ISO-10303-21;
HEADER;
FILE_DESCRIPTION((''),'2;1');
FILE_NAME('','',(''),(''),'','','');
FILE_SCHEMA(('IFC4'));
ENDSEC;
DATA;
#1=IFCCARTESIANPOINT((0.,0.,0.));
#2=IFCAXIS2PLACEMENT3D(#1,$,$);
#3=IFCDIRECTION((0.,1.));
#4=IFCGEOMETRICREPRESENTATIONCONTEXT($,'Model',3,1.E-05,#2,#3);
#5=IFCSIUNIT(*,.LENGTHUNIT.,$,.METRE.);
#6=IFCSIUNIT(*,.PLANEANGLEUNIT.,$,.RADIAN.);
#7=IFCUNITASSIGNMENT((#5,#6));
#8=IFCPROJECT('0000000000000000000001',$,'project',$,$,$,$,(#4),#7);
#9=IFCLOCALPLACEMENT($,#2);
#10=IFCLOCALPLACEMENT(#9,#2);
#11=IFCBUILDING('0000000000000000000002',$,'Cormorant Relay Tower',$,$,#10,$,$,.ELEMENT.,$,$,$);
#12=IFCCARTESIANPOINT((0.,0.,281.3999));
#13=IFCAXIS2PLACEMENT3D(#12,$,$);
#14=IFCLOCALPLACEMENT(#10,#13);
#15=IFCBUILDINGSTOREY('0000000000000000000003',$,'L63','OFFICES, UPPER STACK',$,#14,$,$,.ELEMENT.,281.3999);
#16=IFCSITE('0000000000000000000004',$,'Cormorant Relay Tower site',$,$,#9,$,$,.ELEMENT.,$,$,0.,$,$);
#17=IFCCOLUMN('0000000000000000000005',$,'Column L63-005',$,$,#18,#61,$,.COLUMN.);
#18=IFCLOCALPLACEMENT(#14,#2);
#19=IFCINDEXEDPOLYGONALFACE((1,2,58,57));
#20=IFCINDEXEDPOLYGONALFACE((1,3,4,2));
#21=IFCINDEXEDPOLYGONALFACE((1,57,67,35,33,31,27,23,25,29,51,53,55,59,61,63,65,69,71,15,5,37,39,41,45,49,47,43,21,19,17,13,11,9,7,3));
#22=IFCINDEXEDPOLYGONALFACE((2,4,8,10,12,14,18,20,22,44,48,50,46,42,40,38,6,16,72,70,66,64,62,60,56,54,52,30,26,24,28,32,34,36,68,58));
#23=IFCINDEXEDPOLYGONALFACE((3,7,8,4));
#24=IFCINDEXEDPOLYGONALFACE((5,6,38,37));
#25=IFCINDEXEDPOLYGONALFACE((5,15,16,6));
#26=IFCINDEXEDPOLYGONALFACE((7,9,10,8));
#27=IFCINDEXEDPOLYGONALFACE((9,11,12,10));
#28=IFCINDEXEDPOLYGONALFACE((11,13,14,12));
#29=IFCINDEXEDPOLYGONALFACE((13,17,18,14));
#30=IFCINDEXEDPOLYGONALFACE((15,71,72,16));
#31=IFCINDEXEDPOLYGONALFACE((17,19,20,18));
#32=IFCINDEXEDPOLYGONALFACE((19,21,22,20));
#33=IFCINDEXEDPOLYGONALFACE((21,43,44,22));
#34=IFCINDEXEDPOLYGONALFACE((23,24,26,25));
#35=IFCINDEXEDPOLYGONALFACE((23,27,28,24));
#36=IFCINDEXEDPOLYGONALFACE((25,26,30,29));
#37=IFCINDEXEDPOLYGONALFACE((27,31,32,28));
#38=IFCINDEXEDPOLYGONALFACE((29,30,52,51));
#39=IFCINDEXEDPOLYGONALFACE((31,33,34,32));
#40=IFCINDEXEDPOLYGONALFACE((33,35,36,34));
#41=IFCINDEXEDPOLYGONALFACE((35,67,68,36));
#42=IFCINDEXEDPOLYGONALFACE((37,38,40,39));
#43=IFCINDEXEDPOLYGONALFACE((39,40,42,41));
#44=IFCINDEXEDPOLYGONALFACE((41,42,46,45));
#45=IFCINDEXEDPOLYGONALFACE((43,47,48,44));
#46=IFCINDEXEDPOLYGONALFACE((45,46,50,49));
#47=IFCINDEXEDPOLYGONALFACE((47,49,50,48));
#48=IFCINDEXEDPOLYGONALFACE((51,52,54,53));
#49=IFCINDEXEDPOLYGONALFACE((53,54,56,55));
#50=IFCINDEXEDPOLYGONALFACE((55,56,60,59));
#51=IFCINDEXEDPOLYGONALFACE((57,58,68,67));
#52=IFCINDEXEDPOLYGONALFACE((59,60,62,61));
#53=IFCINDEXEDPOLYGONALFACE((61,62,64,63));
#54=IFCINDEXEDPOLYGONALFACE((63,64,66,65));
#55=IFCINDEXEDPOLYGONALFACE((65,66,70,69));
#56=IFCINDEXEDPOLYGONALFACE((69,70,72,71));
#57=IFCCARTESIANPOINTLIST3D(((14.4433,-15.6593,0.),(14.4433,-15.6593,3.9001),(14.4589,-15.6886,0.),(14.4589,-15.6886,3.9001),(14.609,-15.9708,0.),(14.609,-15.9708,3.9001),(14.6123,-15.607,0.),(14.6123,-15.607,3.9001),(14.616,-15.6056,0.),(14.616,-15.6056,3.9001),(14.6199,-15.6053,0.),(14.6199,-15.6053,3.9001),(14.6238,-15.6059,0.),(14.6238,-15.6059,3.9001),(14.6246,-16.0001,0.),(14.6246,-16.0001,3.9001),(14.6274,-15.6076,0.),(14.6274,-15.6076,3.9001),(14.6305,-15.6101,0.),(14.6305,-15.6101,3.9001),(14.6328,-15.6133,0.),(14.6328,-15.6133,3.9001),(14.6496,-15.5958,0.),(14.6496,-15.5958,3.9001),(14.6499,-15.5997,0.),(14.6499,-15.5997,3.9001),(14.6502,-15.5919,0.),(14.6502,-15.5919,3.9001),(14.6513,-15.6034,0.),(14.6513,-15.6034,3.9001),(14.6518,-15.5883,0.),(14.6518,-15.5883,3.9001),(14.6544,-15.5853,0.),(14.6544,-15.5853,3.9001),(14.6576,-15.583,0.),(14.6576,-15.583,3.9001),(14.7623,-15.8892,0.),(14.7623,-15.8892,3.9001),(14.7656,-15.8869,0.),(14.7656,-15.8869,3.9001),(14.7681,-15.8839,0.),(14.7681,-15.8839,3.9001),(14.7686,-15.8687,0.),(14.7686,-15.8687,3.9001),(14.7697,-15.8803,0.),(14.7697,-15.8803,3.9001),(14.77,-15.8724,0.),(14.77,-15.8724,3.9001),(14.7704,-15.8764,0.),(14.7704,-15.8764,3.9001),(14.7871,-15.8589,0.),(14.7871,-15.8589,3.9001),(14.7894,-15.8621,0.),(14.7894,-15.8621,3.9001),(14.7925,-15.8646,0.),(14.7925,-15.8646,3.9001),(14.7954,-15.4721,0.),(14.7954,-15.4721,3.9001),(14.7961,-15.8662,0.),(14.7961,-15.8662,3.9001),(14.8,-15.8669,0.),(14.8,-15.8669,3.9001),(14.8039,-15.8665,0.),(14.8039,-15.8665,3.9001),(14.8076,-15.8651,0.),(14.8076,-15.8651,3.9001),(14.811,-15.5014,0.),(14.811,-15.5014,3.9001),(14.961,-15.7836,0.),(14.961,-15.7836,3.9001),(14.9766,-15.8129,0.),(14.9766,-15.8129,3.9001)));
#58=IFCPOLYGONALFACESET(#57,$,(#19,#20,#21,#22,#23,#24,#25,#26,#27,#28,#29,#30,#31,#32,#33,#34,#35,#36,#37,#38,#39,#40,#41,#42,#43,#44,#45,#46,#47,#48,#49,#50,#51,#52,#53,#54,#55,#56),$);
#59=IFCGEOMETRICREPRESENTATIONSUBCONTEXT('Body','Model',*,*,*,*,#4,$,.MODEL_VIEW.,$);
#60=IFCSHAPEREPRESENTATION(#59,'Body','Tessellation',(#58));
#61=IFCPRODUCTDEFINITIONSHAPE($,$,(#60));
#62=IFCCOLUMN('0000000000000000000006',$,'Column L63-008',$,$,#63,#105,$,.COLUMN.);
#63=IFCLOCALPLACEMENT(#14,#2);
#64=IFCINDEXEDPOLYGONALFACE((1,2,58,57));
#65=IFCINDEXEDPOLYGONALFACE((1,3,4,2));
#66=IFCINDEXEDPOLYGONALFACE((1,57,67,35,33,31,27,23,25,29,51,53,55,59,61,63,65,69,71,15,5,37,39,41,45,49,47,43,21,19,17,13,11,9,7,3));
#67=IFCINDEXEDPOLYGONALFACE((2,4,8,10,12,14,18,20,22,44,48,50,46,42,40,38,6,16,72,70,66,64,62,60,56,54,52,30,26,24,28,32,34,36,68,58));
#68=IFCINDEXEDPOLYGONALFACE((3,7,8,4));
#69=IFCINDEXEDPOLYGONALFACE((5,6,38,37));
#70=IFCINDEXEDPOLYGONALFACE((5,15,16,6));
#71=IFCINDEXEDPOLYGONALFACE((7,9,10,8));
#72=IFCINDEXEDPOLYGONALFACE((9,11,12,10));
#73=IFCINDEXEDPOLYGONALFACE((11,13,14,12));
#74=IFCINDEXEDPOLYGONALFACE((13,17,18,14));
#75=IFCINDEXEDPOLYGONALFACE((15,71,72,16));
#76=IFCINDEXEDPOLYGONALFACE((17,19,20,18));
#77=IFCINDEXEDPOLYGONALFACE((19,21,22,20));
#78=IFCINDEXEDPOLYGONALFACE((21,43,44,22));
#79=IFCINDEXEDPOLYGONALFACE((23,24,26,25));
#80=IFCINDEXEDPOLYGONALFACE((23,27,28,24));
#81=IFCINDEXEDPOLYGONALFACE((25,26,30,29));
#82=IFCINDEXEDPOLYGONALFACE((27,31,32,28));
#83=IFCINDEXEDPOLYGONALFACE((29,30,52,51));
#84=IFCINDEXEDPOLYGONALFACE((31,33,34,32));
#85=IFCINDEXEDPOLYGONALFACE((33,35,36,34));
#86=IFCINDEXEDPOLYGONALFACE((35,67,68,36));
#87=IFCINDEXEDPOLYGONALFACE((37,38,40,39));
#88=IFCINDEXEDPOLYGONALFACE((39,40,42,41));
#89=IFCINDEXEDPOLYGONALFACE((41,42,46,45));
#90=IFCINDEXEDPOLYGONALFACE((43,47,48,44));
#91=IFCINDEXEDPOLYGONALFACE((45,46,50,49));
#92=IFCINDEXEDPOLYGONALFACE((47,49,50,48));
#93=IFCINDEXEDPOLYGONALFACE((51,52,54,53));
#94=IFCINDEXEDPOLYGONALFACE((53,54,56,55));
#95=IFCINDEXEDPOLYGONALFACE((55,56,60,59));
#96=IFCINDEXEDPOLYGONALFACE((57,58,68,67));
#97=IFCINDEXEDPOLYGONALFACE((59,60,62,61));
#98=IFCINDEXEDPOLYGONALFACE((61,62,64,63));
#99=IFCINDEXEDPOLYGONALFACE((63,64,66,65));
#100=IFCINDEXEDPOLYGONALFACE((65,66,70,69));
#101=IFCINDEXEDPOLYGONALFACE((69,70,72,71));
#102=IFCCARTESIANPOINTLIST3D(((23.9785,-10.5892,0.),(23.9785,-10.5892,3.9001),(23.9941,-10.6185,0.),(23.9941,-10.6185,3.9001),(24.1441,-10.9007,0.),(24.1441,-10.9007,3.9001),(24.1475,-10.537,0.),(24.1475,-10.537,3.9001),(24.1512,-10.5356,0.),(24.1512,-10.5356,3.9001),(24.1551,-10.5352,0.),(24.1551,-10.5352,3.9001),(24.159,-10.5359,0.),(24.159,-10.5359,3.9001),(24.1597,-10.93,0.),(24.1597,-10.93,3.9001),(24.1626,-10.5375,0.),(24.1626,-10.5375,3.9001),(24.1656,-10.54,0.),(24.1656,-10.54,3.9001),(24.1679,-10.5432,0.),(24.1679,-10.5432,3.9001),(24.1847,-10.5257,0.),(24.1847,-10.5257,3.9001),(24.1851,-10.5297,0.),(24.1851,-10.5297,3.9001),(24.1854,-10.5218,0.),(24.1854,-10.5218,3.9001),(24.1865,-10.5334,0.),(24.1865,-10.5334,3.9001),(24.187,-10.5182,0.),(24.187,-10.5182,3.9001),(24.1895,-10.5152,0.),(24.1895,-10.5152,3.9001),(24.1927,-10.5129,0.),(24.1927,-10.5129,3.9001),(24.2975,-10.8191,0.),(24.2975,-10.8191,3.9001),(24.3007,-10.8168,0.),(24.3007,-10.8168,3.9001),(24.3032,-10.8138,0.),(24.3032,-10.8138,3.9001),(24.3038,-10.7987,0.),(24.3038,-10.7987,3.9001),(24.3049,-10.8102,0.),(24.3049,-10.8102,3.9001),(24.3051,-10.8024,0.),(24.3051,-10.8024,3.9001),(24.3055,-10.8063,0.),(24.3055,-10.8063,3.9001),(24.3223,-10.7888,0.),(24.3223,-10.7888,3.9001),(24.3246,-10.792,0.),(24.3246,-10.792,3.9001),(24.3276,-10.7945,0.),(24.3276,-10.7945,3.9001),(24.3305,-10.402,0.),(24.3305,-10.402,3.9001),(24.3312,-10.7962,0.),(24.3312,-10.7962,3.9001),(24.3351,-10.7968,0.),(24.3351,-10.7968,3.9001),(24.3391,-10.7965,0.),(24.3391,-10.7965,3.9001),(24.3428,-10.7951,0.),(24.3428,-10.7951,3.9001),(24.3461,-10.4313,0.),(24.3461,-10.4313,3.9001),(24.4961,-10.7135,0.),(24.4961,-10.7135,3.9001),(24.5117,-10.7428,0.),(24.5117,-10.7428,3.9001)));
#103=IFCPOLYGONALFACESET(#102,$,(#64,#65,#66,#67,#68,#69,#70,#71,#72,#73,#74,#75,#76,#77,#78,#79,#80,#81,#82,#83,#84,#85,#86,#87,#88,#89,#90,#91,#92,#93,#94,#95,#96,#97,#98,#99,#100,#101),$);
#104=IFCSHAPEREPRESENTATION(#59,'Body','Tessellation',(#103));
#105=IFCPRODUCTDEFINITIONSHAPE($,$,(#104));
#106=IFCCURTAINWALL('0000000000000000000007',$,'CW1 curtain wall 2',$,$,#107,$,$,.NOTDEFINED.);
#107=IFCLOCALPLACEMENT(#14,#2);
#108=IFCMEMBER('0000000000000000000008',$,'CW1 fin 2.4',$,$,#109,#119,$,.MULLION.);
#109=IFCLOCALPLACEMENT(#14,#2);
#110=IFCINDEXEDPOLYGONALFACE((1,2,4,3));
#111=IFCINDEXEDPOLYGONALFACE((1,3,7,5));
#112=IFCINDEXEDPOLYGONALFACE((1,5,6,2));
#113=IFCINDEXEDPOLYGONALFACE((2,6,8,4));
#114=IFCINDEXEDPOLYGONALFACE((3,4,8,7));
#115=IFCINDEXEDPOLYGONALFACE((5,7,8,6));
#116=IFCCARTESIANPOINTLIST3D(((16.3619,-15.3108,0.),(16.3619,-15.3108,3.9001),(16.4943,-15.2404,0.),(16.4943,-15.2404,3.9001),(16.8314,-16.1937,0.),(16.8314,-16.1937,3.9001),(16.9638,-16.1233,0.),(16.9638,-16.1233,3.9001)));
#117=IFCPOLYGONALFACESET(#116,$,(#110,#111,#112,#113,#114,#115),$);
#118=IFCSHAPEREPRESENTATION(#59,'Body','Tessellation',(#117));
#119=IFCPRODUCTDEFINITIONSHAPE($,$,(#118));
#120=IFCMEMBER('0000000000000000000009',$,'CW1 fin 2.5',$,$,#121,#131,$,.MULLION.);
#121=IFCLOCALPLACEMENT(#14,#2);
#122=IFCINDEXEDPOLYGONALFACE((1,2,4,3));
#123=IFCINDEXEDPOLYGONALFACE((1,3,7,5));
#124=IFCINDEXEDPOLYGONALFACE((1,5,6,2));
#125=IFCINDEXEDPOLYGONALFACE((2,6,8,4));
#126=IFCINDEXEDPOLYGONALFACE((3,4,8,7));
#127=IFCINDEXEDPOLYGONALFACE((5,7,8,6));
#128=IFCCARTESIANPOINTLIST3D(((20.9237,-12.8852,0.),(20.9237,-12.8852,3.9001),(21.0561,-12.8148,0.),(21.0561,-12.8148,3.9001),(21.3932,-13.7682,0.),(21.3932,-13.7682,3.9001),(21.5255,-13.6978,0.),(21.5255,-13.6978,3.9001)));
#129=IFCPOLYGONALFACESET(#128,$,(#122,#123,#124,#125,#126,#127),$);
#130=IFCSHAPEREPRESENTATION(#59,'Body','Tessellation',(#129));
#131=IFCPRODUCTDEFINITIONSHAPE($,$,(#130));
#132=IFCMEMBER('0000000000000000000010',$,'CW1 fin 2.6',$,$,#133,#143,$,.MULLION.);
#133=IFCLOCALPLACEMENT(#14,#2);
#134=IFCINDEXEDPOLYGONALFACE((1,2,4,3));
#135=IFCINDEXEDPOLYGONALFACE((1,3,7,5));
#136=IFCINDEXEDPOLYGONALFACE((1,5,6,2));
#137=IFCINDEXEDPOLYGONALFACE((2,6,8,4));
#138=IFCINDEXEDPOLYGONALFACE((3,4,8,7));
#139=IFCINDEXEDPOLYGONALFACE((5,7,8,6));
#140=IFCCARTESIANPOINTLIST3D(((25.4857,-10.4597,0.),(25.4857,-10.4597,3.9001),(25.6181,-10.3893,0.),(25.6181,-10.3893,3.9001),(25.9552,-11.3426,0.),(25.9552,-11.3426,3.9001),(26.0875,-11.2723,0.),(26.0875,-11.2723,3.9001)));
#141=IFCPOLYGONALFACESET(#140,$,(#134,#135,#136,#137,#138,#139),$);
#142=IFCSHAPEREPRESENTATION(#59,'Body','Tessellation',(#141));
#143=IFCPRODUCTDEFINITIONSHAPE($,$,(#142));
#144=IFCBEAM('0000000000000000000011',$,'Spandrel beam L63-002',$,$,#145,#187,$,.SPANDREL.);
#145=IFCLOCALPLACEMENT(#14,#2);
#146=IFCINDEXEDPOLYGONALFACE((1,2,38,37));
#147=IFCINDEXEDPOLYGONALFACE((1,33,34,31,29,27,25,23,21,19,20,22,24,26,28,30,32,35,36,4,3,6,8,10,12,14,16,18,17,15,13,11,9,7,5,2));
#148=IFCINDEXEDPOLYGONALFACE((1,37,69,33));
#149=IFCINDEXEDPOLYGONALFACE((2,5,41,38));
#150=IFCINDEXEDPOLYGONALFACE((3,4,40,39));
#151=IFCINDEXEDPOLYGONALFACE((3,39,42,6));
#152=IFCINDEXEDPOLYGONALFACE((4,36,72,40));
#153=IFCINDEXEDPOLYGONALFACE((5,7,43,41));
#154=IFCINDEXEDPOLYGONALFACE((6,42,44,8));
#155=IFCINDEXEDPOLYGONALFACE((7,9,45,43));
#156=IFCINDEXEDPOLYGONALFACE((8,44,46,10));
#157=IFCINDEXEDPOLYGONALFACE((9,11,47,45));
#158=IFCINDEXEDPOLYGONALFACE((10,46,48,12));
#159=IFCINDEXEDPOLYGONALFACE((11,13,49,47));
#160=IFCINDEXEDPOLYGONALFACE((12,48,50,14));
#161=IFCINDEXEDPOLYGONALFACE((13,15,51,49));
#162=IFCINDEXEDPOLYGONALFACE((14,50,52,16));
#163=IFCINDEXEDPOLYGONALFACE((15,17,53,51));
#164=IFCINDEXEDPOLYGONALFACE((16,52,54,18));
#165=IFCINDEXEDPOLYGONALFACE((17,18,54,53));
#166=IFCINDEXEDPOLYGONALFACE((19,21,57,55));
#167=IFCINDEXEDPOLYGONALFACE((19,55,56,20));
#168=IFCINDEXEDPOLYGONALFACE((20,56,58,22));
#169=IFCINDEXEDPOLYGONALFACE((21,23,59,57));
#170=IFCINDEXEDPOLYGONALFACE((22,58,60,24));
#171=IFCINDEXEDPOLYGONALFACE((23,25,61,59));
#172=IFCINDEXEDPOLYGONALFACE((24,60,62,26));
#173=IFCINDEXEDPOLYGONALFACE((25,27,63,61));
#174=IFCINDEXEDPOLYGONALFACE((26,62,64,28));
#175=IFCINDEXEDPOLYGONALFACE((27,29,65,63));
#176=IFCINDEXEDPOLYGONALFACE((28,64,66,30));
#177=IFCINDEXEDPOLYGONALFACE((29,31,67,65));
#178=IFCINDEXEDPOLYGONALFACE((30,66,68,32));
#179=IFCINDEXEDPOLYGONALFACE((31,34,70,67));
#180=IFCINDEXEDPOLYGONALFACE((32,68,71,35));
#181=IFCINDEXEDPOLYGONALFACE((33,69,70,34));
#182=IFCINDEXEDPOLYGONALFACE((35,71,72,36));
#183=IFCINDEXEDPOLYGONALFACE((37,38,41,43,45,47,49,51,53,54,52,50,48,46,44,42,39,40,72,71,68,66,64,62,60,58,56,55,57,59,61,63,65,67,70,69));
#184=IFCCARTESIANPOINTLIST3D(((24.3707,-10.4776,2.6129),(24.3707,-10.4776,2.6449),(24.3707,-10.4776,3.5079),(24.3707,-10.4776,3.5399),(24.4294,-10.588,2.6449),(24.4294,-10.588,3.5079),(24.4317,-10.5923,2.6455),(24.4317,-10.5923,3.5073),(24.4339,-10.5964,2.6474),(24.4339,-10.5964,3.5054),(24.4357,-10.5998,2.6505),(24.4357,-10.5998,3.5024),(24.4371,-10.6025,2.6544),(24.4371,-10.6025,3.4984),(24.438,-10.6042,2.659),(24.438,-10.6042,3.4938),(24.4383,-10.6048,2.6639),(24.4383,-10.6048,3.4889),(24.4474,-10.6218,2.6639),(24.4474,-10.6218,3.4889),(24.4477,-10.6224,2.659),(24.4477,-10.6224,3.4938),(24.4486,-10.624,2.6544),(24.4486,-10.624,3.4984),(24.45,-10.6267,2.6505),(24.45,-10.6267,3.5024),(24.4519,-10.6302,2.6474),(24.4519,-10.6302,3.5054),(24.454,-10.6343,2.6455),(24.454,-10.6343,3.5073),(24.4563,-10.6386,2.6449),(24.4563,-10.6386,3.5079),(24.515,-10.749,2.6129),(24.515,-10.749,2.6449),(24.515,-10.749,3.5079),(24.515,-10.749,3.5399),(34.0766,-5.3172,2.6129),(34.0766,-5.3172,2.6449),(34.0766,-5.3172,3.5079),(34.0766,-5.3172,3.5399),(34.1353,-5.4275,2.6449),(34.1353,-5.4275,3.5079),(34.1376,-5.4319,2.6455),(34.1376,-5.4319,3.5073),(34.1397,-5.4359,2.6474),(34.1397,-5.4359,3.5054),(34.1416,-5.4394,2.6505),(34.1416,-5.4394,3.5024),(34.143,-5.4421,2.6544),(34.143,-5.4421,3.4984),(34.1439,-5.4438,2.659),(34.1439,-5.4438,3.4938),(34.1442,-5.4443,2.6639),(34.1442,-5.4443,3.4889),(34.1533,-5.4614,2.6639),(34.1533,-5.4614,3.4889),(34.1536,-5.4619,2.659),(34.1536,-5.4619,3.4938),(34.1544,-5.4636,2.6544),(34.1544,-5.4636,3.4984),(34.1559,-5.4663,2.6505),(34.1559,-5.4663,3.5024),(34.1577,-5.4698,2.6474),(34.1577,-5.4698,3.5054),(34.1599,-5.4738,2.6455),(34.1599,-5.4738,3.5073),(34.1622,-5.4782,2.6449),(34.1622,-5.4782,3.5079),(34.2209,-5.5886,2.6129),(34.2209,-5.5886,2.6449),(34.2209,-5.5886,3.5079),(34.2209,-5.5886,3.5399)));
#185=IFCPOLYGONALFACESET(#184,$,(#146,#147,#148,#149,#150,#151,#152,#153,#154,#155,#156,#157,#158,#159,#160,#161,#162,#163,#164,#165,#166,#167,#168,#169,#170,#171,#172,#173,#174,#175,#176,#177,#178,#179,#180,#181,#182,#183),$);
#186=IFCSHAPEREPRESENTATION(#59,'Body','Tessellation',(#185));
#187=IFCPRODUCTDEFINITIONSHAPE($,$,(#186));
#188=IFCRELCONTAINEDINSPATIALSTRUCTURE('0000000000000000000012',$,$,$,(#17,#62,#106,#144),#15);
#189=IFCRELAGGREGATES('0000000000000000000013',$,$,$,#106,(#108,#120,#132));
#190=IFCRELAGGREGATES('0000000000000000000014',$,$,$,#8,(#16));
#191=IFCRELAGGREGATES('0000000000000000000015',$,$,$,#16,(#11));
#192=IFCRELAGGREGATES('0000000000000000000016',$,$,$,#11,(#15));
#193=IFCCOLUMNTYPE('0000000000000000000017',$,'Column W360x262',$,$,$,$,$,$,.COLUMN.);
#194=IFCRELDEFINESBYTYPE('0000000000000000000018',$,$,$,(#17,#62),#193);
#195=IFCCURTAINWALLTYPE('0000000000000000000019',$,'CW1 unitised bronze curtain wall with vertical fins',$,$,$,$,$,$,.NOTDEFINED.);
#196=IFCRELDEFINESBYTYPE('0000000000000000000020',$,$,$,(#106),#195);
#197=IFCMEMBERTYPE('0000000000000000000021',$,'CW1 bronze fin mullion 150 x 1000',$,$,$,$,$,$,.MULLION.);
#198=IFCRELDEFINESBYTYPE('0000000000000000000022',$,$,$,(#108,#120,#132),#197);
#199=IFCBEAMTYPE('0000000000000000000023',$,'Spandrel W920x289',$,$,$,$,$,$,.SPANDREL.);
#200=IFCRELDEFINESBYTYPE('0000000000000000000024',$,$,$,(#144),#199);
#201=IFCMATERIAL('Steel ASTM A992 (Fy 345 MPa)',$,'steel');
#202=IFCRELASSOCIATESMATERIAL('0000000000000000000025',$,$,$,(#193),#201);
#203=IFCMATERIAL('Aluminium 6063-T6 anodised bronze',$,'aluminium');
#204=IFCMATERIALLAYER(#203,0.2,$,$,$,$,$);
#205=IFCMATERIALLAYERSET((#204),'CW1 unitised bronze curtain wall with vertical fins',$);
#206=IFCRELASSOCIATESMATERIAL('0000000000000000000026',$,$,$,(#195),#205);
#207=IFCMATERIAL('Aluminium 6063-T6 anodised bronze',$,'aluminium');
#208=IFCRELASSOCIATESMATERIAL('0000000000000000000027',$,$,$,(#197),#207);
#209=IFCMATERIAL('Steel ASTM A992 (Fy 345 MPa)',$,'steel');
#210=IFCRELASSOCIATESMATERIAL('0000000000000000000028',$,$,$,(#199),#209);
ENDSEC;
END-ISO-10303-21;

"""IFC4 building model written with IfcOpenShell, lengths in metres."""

from ifc_helpers import new_model, si_unit, direction, frame, origin, origin_2d, place, context, subcontext, project, spatial, rectangle, i_section, extrude, material, layer, layer_set, material_profile, profile_set, type_object, element, aggregate, save


model = new_model("IFC4")

# Units and contexts
model_context = context("Model", 3, precision=1e-05, world=origin(), true_north=direction((0.0, 1.0)))
body_context = subcontext(model_context, "Body", "Model", "MODEL_VIEW")
ifc_project = project(units=[si_unit("LENGTHUNIT", "METRE"), si_unit("PLANEANGLEUNIT", "RADIAN")], contexts=[model_context])

# Site, building, storey
site_placement = place(None, origin())
site = spatial("IfcSite", under=ifc_project, at=site_placement, Name="Cormorant Relay Tower site", CompositionType="ELEMENT", RefElevation=0.0)
building_placement = place(site_placement, origin())
building = spatial("IfcBuilding", under=site, at=building_placement, Name="Cormorant Relay Tower", CompositionType="ELEMENT")
storey_placement = place(building_placement, frame((0.0, 0.0, 281.3999)))
storey = spatial("IfcBuildingStorey", under=building, at=storey_placement, Name="L63", Description="OFFICES, UPPER STACK", CompositionType="ELEMENT", Elevation=281.3999)

# Columns
ifc_material_1 = material(Name="Steel ASTM A992 (Fy 345 MPa)", Category="steel")
ifc_material_profile_1 = material_profile(ifc_material_1, i_section(OverallWidth=0.3987, OverallDepth=0.386, WebThickness=0.021, FlangeThickness=0.0332, FilletRadius=0.0151, at=origin_2d()), Name="W360x262")
ifc_profile_set_1 = profile_set([ifc_material_profile_1], Name="Steel ASTM A992 (Fy 345 MPa)")
column_type = type_object("IfcColumnType", Name="Column W360x262", PredefinedType="COLUMN", material=ifc_profile_set_1)
for number, where, z_axis, x_axis, name in (
    (1, (14.71, -15.7361, 0.0), (0.0, 0.0, 1.0), (0.882948, 0.469472, 0.0), "Column L63-005"),
    (2, (24.2451, -10.666, 0.0), (0.0, 0.0, 1.0), (0.882948, 0.469472, 0.0), "Column L63-008"),
):
    element("IfcColumn", number, at=place(storey_placement, frame(where, z_axis=z_axis, x_axis=x_axis)), inside=storey, type_object=column_type, Name=name, PredefinedType="COLUMN", context=body_context, shape_type="SweptSolid", body=[
        extrude(i_section(OverallWidth=0.3987, OverallDepth=0.386, WebThickness=0.021, FlangeThickness=0.0332, FilletRadius=0.0151, at=origin_2d()), origin(), (0.0, 0.0, 1.0), 3.9001),
    ])

# Curtain wall, members
ifc_material_2 = material(Name="Aluminium 6063-T6 anodised bronze", Category="aluminium")
ifc_layer_1 = layer(ifc_material_2, 0.2)
ifc_layer_set_1 = layer_set([ifc_layer_1], Name="CW1 unitised bronze curtain wall with vertical fins")
curtain_wall_type = type_object("IfcCurtainWallType", Name="CW1 unitised bronze curtain wall with vertical fins", PredefinedType="NOTDEFINED", material=ifc_layer_set_1)
curtain_wall_placement = place(storey_placement, origin())
curtain_wall = element("IfcCurtainWall", 3, at=curtain_wall_placement, inside=storey, type_object=curtain_wall_type, Name="CW1 curtain wall 2", PredefinedType="NOTDEFINED")
ifc_material_3 = material(Name="Aluminium 6063-T6 anodised bronze", Category="aluminium")
ifc_material_profile_2 = material_profile(ifc_material_3, rectangle(XDim=0.1499, YDim=1.0, at=origin_2d()), Name="AL 150x1000")
ifc_profile_set_2 = profile_set([ifc_material_profile_2], Name="Aluminium 6063-T6 anodised bronze")
member_type = type_object("IfcMemberType", Name="CW1 bronze fin mullion 150 x 1000", PredefinedType="MULLION", material=ifc_profile_set_2)
member_1_placement = place(storey_placement, frame((16.6628, -15.717, 0.0), z_axis=(0.0, 0.0, 1.0), x_axis=(0.882948, 0.469472, 0.0)))
member_1 = element("IfcMember", 4, at=member_1_placement, type_object=member_type, Name="CW1 fin 2.4", PredefinedType="MULLION", context=body_context, shape_type="SweptSolid", body=[
    extrude(rectangle(XDim=0.1499, YDim=1.0, at=origin_2d()), origin(), (0.0, 0.0, 1.0), 3.9001),
])
member_2_placement = place(storey_placement, frame((21.2246, -13.2915, 0.0), z_axis=(0.0, 0.0, 1.0), x_axis=(0.882948, 0.469472, 0.0)))
member_2 = element("IfcMember", 5, at=member_2_placement, type_object=member_type, Name="CW1 fin 2.5", PredefinedType="MULLION", context=body_context, shape_type="SweptSolid", body=[
    extrude(rectangle(XDim=0.1499, YDim=1.0, at=origin_2d()), origin(), (0.0, 0.0, 1.0), 3.9001),
])
member_3_placement = place(storey_placement, frame((25.7866, -10.866, 0.0), z_axis=(0.0, 0.0, 1.0), x_axis=(0.882948, 0.469472, 0.0)))
member_3 = element("IfcMember", 6, at=member_3_placement, type_object=member_type, Name="CW1 fin 2.6", PredefinedType="MULLION", context=body_context, shape_type="SweptSolid", body=[
    extrude(rectangle(XDim=0.1499, YDim=1.0, at=origin_2d()), origin(), (0.0, 0.0, 1.0), 3.9001),
])

# Beam
ifc_material_4 = material(Name="Steel ASTM A992 (Fy 345 MPa)", Category="steel")
ifc_material_profile_3 = material_profile(ifc_material_4, i_section(OverallWidth=0.3074, OverallDepth=0.927, WebThickness=0.0193, FlangeThickness=0.032, FilletRadius=0.019, at=origin_2d()), Name="W920x289")
ifc_profile_set_3 = profile_set([ifc_material_profile_3], Name="Steel ASTM A992 (Fy 345 MPa)")
beam_type_1 = type_object("IfcBeamType", Name="Spandrel W920x289", PredefinedType="SPANDREL", material=ifc_profile_set_3)
beam_1_placement = place(storey_placement, frame((24.4429, -10.6133, 3.0764), z_axis=(0.882958, 0.469452, 0.0), x_axis=(-0.469452, 0.882958, 0.0)))
element("IfcBeam", 7, at=beam_1_placement, inside=storey, type_object=beam_type_1, Name="Spandrel beam L63-002", PredefinedType="SPANDREL", context=body_context, shape_type="SweptSolid", body=[
    extrude(i_section(OverallWidth=0.3074, OverallDepth=0.927, WebThickness=0.0193, FlangeThickness=0.032, FilletRadius=0.019, at=origin_2d()), origin(), (0.0, 0.0, 1.0), 10.9924),
])

aggregate(curtain_wall, [member_1, member_2, member_3])

save(model, "model.ifc")
